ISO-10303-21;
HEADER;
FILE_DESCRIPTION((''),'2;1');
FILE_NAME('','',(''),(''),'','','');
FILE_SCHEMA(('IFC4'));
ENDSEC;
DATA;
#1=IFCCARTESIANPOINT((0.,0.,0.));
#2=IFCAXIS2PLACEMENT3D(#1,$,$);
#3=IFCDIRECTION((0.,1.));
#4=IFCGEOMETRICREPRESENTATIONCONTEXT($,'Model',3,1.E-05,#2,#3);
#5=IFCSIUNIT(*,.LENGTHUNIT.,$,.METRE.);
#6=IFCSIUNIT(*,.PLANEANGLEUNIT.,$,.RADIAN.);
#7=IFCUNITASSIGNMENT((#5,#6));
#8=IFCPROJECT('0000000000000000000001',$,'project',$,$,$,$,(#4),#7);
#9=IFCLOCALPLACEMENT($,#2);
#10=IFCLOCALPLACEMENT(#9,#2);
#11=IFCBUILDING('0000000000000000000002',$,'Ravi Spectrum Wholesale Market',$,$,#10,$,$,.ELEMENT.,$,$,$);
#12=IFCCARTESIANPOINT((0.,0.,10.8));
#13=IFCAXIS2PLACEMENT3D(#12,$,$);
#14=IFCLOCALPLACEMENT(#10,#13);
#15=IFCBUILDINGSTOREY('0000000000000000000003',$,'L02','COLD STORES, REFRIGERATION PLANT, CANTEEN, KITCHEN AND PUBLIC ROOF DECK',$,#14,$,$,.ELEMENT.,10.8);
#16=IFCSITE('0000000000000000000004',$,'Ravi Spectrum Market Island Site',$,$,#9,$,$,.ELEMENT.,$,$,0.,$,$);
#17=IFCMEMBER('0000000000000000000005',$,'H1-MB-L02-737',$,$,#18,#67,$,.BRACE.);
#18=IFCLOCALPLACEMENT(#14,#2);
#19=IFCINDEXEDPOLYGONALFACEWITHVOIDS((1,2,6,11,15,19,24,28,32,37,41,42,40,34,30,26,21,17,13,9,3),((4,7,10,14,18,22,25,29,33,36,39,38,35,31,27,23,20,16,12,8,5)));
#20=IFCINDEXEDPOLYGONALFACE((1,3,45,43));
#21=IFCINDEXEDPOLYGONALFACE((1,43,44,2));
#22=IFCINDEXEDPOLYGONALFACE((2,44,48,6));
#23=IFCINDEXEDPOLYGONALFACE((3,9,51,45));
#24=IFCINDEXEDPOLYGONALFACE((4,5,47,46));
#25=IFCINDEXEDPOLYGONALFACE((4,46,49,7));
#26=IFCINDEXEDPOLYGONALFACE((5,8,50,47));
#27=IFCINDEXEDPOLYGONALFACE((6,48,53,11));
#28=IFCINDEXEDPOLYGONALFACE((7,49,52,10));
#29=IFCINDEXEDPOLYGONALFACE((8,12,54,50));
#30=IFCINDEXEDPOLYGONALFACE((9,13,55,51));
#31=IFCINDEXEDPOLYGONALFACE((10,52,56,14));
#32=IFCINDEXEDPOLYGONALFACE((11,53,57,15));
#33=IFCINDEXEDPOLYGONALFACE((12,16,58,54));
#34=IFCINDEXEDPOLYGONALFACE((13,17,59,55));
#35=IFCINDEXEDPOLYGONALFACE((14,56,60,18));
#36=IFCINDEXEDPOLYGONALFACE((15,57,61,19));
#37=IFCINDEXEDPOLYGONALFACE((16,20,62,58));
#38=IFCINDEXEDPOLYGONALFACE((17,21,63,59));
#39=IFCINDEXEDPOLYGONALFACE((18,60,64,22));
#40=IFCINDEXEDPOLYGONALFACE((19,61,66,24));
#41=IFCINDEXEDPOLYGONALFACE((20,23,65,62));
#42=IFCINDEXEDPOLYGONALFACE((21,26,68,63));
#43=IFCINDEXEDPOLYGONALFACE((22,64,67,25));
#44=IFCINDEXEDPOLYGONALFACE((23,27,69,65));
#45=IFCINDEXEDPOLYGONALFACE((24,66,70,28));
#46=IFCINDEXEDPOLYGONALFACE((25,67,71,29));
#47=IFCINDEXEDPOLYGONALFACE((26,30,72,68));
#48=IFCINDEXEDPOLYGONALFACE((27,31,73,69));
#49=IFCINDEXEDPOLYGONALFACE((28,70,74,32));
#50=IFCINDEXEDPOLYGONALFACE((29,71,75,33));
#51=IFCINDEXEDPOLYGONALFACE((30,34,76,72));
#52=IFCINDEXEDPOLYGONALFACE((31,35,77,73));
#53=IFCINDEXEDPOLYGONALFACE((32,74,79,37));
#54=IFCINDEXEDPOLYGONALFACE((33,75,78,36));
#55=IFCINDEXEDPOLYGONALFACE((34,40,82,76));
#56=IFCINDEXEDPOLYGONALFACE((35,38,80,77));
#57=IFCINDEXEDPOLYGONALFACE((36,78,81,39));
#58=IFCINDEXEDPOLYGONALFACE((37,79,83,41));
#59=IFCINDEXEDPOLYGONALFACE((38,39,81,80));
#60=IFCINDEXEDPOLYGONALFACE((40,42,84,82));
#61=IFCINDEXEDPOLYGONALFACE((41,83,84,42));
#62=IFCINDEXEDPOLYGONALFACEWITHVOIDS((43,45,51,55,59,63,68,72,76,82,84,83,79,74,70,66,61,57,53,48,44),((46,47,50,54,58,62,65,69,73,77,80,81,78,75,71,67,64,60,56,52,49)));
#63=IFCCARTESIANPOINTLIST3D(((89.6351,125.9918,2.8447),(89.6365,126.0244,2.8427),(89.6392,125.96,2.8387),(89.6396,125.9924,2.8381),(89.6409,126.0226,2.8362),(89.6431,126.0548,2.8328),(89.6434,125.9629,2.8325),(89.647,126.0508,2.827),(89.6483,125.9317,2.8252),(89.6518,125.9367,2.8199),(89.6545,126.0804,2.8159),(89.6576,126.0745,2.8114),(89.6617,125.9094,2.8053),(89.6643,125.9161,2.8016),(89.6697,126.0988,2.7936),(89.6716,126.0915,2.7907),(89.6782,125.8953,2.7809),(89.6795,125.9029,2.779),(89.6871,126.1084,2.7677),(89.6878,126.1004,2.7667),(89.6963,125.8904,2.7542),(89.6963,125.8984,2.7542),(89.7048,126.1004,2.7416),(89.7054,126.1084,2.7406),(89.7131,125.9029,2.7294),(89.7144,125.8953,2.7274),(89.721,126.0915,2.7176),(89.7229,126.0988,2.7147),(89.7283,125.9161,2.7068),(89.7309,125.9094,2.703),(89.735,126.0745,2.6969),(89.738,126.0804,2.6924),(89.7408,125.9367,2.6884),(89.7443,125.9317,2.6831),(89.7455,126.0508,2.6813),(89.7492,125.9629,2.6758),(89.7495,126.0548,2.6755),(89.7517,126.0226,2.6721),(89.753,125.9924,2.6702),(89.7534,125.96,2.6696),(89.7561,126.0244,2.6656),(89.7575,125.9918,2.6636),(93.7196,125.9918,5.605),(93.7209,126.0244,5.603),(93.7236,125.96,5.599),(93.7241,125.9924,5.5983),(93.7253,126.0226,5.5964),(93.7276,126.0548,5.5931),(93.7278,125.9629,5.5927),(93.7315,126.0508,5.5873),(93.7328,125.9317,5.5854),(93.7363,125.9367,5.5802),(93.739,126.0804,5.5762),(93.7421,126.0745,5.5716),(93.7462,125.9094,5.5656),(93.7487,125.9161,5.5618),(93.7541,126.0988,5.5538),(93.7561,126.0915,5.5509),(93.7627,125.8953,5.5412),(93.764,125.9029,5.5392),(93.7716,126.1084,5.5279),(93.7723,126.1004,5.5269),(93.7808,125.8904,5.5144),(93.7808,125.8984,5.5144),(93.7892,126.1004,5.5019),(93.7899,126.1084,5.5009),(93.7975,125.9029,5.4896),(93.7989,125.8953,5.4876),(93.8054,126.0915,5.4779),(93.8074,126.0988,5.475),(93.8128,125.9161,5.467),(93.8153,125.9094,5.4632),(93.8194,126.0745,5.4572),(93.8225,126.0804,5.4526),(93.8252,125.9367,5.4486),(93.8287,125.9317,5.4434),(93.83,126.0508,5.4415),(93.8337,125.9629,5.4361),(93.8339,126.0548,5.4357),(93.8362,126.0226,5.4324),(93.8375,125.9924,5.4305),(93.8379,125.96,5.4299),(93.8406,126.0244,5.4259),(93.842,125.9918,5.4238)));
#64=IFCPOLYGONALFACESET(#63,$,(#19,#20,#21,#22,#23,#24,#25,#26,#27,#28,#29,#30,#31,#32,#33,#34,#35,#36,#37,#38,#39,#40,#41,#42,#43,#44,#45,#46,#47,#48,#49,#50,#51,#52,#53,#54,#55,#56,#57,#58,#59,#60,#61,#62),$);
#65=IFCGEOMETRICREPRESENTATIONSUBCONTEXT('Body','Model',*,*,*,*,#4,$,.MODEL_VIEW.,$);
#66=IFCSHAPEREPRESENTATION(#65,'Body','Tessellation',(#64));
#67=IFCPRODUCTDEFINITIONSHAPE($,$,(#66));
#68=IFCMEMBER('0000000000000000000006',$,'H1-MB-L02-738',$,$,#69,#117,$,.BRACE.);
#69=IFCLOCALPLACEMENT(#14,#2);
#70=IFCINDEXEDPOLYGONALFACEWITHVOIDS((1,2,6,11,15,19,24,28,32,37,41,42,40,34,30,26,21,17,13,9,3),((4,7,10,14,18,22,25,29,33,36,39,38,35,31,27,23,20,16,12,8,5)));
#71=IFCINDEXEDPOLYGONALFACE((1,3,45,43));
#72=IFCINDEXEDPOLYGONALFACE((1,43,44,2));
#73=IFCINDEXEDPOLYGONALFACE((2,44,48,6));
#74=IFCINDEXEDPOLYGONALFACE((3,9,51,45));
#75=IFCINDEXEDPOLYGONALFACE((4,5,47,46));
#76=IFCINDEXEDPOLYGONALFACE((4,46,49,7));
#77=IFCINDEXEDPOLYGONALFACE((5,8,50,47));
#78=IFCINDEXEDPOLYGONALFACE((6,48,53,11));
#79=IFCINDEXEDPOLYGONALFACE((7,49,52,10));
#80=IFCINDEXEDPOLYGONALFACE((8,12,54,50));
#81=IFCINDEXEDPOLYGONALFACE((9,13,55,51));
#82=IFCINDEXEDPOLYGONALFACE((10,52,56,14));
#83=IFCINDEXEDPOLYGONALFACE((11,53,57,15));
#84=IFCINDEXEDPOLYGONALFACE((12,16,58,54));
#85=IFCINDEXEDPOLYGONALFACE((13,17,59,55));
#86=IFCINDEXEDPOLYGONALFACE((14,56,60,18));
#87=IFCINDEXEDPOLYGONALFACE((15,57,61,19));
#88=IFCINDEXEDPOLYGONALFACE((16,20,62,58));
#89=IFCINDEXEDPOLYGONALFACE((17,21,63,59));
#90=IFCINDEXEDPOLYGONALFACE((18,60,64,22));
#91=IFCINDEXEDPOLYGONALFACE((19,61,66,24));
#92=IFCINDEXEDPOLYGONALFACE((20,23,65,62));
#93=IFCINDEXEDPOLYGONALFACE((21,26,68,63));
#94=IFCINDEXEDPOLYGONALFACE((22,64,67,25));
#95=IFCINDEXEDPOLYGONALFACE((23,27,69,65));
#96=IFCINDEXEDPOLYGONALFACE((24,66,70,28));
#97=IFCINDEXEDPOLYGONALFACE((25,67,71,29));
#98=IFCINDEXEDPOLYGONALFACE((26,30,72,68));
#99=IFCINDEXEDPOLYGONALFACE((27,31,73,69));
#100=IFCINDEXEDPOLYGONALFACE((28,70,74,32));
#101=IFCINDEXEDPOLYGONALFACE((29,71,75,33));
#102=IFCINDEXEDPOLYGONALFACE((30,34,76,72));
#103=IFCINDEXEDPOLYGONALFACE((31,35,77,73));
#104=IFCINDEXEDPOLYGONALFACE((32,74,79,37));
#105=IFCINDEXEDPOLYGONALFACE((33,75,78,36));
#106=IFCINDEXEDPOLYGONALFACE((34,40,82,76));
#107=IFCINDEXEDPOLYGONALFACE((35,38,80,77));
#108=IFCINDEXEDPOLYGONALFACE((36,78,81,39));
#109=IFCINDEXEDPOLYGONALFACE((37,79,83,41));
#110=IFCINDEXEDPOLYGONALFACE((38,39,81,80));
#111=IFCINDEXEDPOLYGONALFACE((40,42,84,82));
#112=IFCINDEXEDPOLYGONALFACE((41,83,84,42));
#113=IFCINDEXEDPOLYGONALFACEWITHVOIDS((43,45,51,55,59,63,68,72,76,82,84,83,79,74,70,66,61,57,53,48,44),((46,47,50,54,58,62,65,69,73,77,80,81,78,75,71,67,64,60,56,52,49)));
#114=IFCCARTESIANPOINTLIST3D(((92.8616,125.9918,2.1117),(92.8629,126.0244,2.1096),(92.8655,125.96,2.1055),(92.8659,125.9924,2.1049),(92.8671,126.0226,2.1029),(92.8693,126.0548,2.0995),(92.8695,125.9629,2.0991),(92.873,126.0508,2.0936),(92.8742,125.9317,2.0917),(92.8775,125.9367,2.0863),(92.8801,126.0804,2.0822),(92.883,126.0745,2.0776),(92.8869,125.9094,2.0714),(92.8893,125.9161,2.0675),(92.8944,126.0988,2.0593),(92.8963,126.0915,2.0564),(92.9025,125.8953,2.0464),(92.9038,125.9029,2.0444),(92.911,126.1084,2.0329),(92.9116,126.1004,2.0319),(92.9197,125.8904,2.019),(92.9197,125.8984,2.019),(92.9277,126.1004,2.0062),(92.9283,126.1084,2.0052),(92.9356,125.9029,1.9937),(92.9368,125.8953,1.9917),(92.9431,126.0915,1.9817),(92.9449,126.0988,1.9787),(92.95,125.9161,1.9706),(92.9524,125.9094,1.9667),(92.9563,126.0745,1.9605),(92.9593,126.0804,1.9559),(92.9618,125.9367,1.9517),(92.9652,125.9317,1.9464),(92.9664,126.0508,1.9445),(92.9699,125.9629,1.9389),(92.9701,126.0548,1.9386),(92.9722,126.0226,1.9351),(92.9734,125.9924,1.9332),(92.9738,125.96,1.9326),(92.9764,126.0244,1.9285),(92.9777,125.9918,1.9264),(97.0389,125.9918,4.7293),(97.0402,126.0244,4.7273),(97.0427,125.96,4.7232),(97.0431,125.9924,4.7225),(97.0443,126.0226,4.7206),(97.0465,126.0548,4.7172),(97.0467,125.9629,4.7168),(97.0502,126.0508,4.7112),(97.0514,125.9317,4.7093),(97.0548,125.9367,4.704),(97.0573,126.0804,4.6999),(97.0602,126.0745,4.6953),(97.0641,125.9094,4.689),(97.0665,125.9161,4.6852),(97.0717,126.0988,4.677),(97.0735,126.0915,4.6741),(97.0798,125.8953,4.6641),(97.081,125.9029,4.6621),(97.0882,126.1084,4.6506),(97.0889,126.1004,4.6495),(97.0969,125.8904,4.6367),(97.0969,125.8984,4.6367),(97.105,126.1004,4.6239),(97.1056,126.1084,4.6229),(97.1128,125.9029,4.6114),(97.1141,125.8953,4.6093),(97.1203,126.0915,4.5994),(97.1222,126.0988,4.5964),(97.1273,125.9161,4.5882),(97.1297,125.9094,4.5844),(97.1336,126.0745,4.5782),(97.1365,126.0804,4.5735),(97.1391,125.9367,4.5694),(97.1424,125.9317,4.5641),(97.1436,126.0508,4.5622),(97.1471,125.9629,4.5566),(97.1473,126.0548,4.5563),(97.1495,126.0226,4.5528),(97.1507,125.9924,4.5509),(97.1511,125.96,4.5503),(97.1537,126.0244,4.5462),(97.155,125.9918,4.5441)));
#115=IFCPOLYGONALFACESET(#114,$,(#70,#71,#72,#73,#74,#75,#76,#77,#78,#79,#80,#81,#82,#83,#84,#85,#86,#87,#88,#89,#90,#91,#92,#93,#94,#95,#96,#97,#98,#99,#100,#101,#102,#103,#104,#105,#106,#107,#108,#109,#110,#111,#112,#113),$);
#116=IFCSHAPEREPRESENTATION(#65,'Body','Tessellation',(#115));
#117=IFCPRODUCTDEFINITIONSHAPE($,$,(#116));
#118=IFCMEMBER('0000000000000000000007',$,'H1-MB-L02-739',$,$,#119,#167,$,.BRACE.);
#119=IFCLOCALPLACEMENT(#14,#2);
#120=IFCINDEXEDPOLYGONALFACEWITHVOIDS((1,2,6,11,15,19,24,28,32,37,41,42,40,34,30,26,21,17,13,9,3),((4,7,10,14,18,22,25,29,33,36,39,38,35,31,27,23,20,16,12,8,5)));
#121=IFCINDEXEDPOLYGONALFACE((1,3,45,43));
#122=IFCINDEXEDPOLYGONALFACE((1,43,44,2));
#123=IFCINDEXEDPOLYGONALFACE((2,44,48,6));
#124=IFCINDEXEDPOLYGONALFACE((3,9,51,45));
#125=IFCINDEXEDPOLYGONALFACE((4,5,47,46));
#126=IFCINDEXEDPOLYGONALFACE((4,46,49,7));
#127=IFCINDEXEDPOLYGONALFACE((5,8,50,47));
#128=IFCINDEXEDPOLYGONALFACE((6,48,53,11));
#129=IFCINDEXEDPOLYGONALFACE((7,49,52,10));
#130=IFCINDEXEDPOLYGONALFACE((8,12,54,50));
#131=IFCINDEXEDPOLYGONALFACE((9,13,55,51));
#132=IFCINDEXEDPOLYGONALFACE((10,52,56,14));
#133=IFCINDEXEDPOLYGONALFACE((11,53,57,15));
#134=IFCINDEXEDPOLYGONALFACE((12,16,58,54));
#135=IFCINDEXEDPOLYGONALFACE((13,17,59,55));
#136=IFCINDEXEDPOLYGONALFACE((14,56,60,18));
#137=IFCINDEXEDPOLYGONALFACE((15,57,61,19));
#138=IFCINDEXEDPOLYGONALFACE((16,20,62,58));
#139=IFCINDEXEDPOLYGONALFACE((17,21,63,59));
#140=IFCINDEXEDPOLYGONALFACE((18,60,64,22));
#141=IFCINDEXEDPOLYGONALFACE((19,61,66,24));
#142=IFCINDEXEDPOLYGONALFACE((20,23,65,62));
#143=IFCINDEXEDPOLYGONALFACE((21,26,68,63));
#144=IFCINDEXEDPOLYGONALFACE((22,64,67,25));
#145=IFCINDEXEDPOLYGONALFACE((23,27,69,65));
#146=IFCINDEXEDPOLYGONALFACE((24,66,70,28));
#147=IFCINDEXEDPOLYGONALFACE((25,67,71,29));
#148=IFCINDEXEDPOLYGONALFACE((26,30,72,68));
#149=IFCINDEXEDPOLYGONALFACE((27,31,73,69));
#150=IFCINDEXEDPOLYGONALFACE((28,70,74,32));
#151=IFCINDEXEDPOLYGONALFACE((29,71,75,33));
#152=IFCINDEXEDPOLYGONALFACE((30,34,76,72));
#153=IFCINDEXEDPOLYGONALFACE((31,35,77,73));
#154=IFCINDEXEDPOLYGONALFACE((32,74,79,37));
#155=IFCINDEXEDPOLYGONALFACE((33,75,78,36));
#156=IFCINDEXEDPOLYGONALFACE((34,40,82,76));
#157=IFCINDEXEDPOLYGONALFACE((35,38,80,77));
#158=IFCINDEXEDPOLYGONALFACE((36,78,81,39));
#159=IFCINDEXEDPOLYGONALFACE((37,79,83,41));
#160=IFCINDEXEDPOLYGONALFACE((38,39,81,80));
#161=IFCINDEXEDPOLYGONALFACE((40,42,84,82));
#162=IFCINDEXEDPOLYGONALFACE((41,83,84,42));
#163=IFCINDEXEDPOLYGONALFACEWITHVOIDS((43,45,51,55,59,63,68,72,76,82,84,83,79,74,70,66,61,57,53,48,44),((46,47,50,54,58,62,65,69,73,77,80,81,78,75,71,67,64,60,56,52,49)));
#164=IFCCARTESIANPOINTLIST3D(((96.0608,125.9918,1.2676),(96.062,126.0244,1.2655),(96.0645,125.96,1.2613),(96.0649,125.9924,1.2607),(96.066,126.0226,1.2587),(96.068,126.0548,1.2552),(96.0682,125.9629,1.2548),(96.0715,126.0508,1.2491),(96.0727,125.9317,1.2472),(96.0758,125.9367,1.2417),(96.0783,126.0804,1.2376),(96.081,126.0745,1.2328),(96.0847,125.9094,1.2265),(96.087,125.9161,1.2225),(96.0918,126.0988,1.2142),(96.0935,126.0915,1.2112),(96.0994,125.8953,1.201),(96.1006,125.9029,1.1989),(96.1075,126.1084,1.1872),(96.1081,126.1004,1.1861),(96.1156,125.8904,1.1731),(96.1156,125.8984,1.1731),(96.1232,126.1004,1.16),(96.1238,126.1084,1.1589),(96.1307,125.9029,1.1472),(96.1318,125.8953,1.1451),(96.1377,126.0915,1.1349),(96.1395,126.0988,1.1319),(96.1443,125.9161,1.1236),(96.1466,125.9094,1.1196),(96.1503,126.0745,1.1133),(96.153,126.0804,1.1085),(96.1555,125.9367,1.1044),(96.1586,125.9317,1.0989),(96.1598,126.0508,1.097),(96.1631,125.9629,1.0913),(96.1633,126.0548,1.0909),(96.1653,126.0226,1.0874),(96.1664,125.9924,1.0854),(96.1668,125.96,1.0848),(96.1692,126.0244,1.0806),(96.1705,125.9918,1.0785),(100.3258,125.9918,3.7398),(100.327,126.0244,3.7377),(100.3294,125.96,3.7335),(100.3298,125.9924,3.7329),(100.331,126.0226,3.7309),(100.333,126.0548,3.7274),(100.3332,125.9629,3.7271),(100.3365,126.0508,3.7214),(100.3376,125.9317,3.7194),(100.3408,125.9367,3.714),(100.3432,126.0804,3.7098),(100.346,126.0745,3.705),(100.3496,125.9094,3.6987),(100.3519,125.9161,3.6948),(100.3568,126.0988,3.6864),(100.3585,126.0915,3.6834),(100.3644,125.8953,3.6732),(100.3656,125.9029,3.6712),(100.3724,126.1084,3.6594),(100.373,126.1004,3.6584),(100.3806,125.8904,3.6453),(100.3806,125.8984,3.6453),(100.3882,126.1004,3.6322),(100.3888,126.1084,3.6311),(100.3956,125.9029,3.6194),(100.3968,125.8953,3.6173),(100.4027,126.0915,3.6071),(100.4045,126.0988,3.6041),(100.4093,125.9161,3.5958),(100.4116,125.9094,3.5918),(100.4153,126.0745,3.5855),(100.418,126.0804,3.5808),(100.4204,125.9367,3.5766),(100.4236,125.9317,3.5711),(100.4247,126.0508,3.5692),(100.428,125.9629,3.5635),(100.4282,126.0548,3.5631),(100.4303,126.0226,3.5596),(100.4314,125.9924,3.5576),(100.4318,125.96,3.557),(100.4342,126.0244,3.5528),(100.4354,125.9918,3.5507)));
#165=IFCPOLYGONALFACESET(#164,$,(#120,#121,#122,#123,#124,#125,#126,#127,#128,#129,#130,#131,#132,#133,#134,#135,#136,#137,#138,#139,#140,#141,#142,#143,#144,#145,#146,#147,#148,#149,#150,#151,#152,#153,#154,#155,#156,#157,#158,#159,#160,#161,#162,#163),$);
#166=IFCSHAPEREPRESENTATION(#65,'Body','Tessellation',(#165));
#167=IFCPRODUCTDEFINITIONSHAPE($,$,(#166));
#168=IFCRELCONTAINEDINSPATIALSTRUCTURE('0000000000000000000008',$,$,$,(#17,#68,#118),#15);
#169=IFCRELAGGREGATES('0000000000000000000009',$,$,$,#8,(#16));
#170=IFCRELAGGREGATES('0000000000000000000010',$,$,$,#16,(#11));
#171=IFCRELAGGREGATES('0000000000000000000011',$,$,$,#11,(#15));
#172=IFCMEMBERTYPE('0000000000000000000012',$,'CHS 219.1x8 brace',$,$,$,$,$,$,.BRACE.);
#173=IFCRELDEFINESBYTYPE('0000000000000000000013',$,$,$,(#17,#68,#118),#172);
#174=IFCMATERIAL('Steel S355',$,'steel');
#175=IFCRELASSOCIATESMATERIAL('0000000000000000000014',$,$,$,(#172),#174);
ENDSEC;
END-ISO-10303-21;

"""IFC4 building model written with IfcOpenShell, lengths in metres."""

from ifc_helpers import new_model, si_unit, direction, frame, origin, origin_2d, place, context, subcontext, project, spatial, hollow_circle, extrude, material, material_profile, profile_set, type_object, element, save


model = new_model("IFC4")

# Units and contexts
model_context = context("Model", 3, precision=1e-05, world=origin(), true_north=direction((0.0, 1.0)))
body_context = subcontext(model_context, "Body", "Model", "MODEL_VIEW")
ifc_project = project(units=[si_unit("LENGTHUNIT", "METRE"), si_unit("PLANEANGLEUNIT", "RADIAN")], contexts=[model_context])

# Site, building, storey
site_placement = place(None, origin())
site = spatial("IfcSite", under=ifc_project, at=site_placement, Name="Ravi Spectrum Market Island Site", CompositionType="ELEMENT", RefElevation=0.0)
building_placement = place(site_placement, origin())
building = spatial("IfcBuilding", under=site, at=building_placement, Name="Ravi Spectrum Wholesale Market", CompositionType="ELEMENT")
storey_placement = place(building_placement, frame((0.0, 0.0, 10.8)))
storey = spatial("IfcBuildingStorey", under=building, at=storey_placement, Name="L02", Description="COLD STORES, REFRIGERATION PLANT, CANTEEN, KITCHEN AND PUBLIC ROOF DECK", CompositionType="ELEMENT", Elevation=10.8)

# Members
ifc_material_1 = material(Name="Steel S355", Category="steel")
ifc_material_profile_1 = material_profile(ifc_material_1, hollow_circle(Radius=0.1096, WallThickness=0.0081, at=origin_2d()))
ifc_profile_set_1 = profile_set([ifc_material_profile_1], Name="Steel S355")
member_type_1 = type_object("IfcMemberType", Name="CHS 219.1x8 brace", PredefinedType="BRACE", material=ifc_profile_set_1)
for number, where, z_axis, x_axis, name in (
    (1, (93.7808, 126.0, 5.5144), (-0.828544, 0.0, -0.559924), (0.0, -1.0, 0.0), "H1-MB-L02-737"),
    (2, (97.0969, 126.0, 4.6367), (-0.847369, 0.0, -0.531005), (0.0, -1.0, 0.0), "H1-MB-L02-738"),
    (3, (100.3806, 126.0, 3.6453), (-0.865161, 0.0, -0.501495), (0.0, -1.0, 0.0), "H1-MB-L02-739"),
):
    element("IfcMember", number, at=place(storey_placement, frame(where, z_axis=z_axis, x_axis=x_axis)), inside=storey, type_object=member_type_1, Name=name, PredefinedType="BRACE", context=body_context, shape_type="SweptSolid", body=[
        extrude(hollow_circle(Radius=0.1096, WallThickness=0.0081, at=origin_2d()), origin(), (0.0, 0.0, 1.0), 4.9297),
    ])

save(model, "model.ifc")
